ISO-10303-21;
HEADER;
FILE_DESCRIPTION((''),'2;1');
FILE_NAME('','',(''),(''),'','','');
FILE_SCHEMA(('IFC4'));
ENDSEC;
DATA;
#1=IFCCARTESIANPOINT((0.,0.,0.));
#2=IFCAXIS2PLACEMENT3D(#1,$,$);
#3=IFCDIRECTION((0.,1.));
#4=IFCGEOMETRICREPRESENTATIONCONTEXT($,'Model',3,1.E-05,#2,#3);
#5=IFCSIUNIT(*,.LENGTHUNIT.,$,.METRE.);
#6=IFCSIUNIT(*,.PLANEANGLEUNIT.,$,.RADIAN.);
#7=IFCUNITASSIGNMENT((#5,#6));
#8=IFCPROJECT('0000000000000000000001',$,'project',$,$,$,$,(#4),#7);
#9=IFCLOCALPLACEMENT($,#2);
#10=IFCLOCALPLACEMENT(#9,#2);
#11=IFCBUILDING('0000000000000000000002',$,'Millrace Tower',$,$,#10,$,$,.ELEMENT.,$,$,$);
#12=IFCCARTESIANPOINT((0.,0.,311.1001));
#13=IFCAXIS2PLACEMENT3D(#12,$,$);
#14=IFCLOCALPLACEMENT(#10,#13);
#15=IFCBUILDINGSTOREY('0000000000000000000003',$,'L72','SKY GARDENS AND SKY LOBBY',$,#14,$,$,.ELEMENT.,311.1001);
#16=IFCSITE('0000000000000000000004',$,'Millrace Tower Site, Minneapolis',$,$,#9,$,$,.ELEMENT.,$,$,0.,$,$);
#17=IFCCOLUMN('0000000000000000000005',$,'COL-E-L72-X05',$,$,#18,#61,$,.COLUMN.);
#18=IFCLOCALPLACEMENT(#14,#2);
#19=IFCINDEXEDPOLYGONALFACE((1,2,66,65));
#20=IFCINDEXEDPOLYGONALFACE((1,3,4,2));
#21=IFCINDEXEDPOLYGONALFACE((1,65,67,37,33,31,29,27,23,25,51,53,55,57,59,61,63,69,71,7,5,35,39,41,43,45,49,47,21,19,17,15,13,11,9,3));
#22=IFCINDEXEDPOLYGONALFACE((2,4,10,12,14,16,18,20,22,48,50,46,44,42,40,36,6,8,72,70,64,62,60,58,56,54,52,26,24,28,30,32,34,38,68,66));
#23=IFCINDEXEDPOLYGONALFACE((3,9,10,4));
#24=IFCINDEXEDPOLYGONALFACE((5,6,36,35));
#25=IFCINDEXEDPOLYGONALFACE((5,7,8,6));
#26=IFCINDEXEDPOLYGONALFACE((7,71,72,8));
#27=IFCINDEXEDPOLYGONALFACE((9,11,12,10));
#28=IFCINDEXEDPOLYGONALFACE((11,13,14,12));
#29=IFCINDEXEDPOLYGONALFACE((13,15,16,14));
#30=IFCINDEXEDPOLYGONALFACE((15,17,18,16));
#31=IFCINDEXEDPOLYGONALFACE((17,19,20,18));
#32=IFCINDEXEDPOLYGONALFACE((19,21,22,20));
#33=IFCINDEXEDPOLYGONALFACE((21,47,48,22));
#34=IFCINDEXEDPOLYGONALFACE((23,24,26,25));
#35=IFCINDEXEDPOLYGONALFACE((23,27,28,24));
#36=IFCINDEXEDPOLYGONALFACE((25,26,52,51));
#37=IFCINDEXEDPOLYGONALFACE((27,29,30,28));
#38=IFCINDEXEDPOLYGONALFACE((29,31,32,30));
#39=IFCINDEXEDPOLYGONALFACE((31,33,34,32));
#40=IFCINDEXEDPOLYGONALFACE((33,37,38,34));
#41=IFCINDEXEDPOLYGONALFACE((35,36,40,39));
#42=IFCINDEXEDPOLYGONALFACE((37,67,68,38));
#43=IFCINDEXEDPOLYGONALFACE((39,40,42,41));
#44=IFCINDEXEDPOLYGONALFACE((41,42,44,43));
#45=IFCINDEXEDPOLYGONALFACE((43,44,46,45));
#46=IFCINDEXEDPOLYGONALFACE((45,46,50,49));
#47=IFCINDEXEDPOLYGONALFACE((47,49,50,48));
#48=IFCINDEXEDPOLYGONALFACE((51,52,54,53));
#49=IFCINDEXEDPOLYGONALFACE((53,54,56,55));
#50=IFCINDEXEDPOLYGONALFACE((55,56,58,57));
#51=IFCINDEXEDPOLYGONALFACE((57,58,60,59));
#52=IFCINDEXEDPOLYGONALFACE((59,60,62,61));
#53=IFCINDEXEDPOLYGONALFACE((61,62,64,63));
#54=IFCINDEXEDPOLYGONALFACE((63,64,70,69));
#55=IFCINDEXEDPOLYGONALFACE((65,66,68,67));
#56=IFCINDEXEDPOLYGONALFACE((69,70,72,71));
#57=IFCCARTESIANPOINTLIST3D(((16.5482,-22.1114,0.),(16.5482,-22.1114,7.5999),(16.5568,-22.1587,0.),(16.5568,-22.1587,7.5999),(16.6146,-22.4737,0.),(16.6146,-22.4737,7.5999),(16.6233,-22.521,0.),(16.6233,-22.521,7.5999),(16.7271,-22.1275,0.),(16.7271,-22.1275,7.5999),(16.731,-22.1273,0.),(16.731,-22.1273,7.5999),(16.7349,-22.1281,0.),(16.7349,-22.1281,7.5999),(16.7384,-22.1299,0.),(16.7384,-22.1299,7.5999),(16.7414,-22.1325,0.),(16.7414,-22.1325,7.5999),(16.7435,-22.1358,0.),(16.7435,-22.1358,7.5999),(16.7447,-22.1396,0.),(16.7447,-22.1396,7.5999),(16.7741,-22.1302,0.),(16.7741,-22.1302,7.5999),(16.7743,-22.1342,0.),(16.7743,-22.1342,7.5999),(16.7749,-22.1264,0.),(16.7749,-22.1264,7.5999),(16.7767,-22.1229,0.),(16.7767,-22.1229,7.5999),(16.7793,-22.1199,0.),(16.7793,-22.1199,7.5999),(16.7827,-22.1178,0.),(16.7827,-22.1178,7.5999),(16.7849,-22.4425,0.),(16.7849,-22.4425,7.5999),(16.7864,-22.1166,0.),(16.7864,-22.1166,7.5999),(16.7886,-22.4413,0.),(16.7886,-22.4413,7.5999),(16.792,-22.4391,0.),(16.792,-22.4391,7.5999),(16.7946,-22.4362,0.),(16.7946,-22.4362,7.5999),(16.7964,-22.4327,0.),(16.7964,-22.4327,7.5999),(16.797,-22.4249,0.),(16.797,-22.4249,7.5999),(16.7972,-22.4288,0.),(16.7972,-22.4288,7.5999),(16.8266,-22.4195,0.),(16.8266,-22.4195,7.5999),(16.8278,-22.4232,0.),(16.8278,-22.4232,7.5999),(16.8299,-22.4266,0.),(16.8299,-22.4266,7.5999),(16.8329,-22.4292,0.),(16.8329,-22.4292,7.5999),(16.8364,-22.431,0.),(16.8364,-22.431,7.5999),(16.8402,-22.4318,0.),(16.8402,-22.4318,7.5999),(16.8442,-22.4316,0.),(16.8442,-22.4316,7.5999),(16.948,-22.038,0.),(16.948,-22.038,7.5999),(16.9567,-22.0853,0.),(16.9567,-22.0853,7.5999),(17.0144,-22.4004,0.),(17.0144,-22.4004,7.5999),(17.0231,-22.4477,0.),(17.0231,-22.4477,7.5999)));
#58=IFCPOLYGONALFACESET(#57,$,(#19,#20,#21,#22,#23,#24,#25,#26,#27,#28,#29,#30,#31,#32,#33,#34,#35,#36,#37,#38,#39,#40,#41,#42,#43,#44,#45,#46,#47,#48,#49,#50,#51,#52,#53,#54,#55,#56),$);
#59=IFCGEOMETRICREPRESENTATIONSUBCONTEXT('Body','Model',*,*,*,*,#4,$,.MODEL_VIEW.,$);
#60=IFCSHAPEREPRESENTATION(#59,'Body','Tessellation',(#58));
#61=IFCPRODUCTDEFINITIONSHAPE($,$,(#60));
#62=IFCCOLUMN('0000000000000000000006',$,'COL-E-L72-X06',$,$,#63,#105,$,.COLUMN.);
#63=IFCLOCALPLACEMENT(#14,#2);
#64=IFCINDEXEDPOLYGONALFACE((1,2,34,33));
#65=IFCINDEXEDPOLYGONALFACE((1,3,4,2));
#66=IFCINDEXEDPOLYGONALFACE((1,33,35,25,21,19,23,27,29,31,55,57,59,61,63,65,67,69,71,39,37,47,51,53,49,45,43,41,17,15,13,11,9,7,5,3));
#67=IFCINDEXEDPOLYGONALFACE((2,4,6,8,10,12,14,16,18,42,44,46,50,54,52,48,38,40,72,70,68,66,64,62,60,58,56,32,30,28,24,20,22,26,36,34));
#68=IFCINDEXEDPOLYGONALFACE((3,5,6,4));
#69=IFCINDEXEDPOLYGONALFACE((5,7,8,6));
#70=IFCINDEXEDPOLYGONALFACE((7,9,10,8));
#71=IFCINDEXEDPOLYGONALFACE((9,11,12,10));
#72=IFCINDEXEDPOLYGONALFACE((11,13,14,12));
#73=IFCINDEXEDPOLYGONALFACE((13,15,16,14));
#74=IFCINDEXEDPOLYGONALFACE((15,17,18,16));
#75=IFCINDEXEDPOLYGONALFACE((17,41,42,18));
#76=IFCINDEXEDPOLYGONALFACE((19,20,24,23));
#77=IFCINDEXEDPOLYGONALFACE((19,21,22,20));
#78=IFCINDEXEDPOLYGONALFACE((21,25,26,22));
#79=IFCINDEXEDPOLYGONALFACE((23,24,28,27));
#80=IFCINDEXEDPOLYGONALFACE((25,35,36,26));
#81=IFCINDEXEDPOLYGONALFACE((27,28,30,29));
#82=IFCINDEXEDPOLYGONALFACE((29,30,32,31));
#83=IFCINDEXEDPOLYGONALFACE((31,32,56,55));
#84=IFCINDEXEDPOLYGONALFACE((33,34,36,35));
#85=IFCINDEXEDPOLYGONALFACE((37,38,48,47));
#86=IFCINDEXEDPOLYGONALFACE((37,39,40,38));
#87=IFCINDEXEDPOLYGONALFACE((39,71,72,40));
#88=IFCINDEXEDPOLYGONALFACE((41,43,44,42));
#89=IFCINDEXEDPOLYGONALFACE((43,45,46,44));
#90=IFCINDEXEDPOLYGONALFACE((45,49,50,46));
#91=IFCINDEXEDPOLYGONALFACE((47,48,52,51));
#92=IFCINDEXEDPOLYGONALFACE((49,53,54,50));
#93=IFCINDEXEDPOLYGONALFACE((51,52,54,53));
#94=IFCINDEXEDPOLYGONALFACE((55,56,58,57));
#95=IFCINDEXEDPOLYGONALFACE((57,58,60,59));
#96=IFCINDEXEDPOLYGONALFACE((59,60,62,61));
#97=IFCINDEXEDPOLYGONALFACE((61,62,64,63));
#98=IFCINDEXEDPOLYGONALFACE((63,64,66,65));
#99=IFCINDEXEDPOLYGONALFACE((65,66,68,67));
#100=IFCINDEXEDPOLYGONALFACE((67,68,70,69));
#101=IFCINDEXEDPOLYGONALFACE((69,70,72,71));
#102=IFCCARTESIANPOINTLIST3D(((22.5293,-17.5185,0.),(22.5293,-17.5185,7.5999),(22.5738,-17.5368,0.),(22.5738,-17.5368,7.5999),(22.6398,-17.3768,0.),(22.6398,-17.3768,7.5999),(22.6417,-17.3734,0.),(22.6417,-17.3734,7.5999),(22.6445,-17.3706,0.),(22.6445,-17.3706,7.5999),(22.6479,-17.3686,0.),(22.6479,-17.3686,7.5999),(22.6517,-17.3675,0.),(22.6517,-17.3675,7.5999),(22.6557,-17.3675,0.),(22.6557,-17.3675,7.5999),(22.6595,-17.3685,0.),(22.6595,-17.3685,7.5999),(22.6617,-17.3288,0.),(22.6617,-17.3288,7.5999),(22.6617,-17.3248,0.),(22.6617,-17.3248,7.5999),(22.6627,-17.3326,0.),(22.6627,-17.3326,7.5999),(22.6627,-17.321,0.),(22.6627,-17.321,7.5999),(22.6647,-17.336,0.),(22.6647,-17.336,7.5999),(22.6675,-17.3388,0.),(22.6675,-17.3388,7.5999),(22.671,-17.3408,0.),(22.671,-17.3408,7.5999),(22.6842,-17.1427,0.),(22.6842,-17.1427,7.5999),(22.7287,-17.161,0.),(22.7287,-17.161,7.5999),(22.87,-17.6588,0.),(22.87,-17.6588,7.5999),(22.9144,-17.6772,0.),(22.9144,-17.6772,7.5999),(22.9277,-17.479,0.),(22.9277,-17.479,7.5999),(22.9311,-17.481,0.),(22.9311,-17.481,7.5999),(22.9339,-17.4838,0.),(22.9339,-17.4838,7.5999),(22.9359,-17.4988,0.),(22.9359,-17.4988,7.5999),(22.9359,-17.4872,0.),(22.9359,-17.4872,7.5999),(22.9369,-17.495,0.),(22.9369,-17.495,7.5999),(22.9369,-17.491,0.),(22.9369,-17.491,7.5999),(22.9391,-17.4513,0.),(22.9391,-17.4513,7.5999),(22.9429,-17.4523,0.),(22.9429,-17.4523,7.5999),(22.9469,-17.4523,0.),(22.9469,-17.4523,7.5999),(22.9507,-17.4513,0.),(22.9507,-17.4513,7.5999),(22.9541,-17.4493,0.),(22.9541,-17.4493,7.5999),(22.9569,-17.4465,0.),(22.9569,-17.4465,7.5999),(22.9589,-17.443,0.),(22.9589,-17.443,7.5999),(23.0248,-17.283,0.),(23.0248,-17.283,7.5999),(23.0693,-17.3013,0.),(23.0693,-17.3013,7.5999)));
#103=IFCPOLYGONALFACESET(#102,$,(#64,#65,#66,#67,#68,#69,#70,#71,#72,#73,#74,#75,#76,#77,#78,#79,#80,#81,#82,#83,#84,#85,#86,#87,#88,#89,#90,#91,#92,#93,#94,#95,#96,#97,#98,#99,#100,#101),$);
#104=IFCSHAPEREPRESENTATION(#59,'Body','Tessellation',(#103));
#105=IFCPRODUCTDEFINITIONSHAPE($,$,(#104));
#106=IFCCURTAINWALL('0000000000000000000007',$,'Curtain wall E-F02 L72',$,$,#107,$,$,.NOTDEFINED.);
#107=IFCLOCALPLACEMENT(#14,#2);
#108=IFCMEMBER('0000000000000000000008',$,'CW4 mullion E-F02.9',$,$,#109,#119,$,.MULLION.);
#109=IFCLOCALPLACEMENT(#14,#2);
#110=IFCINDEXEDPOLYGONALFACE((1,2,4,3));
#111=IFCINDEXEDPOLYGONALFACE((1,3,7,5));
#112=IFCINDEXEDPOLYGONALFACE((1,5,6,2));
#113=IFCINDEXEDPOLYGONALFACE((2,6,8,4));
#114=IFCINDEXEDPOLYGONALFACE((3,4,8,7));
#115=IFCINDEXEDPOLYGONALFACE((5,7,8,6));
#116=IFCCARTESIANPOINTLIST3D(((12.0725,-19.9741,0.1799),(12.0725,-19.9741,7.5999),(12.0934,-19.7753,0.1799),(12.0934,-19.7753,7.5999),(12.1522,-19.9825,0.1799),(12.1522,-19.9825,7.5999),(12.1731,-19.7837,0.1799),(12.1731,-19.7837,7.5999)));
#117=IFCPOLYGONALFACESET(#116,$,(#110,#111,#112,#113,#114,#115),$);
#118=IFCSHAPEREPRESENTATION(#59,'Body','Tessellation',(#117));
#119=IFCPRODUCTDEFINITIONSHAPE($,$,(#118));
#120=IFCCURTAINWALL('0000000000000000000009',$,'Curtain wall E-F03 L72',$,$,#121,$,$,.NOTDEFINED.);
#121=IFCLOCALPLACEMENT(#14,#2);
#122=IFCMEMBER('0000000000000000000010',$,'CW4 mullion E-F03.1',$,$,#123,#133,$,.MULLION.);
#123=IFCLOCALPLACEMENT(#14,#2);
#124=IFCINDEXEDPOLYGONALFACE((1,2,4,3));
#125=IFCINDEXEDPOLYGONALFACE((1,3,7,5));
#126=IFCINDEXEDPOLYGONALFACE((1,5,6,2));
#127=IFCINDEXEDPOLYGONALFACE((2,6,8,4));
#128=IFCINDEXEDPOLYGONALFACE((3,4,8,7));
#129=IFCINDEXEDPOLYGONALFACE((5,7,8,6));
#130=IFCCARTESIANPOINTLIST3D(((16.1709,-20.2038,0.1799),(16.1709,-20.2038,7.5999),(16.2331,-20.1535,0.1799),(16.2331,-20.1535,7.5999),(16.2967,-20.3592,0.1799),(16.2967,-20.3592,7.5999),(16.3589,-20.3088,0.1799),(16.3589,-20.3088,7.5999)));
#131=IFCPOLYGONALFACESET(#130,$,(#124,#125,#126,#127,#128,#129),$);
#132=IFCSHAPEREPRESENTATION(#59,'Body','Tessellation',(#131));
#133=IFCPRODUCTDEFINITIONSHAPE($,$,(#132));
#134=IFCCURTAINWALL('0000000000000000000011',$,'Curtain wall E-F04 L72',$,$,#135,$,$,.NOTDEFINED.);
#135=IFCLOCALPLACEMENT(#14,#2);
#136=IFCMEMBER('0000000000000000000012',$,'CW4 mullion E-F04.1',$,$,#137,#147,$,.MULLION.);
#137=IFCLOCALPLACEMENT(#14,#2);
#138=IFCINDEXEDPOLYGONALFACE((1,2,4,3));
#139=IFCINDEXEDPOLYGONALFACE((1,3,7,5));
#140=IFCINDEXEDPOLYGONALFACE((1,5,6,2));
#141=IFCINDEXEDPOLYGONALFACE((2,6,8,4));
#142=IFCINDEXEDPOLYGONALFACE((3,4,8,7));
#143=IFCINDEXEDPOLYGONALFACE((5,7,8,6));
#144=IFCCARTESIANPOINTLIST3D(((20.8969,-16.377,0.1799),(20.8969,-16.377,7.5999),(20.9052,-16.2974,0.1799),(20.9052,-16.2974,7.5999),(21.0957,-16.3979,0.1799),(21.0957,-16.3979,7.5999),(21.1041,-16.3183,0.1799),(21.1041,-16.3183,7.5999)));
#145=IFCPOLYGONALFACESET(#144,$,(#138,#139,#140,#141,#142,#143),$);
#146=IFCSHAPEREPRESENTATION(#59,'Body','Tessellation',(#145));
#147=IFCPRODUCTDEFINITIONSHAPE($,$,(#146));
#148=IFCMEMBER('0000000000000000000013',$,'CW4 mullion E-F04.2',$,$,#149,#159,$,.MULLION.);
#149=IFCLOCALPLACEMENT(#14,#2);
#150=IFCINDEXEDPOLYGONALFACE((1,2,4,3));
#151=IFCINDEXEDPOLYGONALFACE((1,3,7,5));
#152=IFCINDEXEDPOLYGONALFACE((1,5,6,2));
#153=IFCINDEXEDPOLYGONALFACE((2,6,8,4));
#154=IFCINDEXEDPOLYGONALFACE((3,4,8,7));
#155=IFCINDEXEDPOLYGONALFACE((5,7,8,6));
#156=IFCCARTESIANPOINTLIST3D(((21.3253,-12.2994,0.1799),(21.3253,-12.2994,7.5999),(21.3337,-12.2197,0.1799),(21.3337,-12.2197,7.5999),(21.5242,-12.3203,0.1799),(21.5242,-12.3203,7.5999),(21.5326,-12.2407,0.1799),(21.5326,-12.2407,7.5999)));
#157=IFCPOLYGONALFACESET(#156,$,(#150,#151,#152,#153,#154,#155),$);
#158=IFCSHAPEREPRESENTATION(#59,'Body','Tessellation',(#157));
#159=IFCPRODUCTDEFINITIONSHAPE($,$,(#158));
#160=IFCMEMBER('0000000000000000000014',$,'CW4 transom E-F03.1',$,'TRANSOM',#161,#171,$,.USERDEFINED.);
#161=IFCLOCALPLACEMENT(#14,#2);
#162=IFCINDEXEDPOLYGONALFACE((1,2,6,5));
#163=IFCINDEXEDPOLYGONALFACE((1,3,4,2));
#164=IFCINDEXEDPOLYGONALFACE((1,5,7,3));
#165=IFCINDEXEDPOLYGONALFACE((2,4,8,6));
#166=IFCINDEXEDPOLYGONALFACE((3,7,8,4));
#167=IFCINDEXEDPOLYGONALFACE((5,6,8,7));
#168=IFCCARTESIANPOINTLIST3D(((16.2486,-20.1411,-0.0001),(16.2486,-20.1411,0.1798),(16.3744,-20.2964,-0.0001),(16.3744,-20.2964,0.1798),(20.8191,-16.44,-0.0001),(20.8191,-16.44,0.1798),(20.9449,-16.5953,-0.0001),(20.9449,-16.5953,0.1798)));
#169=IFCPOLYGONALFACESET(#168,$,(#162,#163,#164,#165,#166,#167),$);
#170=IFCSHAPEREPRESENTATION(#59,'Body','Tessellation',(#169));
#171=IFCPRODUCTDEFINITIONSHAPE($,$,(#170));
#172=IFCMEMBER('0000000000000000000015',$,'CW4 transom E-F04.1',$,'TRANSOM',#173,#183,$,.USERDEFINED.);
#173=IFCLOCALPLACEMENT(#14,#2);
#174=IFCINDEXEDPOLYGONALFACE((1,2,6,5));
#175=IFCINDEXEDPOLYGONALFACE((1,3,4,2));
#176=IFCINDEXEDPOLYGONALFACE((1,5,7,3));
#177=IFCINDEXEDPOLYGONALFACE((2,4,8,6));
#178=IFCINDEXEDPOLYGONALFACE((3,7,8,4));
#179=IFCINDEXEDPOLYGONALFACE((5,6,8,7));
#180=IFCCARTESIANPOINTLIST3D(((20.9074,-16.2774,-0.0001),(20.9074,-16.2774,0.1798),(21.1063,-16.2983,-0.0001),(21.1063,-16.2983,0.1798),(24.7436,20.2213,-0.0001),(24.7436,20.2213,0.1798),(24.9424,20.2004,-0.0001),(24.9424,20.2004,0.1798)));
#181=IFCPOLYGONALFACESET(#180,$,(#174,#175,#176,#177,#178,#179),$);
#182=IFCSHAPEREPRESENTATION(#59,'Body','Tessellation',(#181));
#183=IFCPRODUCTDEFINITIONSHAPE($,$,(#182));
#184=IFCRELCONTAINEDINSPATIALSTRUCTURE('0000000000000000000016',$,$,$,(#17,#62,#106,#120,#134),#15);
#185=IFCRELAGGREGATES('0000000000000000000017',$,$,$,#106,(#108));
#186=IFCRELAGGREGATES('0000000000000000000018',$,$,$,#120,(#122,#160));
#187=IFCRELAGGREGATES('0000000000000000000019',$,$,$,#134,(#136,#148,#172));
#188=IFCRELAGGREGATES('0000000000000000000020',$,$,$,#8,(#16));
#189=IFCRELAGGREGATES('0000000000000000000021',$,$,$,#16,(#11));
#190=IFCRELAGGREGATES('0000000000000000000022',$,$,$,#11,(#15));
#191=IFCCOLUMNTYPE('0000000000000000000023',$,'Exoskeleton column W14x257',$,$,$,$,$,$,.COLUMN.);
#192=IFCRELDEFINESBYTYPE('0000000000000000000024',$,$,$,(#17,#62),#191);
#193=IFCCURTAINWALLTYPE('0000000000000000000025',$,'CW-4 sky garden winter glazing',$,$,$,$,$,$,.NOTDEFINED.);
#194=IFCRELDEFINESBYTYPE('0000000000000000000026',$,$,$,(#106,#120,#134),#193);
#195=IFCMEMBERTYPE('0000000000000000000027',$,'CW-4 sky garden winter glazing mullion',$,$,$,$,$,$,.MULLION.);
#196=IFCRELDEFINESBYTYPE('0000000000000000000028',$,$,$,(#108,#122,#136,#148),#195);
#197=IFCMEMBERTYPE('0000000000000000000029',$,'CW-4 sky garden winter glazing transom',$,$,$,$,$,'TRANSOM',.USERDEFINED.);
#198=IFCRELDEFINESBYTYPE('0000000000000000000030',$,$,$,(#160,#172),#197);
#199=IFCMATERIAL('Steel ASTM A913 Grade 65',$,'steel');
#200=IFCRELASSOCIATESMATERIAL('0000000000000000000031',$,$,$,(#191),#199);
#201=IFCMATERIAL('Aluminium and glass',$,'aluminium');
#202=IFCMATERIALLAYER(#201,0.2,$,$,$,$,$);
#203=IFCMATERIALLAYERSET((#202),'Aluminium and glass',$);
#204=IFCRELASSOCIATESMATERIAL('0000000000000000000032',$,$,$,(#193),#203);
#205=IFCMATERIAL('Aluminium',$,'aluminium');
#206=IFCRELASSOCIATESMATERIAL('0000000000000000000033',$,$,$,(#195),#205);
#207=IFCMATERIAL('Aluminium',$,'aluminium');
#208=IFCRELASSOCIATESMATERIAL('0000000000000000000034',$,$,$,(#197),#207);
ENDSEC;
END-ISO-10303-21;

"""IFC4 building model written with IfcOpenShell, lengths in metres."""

from ifc_helpers import new_model, si_unit, direction, frame, origin, origin_2d, place, context, subcontext, project, spatial, rectangle, i_section, extrude, material, layer, layer_set, material_profile, profile_set, type_object, element, aggregate, save


model = new_model("IFC4")

# Units and contexts
model_context = context("Model", 3, precision=1e-05, world=origin(), true_north=direction((0.0, 1.0)))
body_context = subcontext(model_context, "Body", "Model", "MODEL_VIEW")
ifc_project = project(units=[si_unit("LENGTHUNIT", "METRE"), si_unit("PLANEANGLEUNIT", "RADIAN")], contexts=[model_context])

# Site, building, storey
site_placement = place(None, origin())
site = spatial("IfcSite", under=ifc_project, at=site_placement, Name="Millrace Tower Site, Minneapolis", CompositionType="ELEMENT", RefElevation=0.0)
building_placement = place(site_placement, origin())
building = spatial("IfcBuilding", under=site, at=building_placement, Name="Millrace Tower", CompositionType="ELEMENT")
storey_placement = place(building_placement, frame((0.0, 0.0, 311.1001)))
storey = spatial("IfcBuildingStorey", under=building, at=storey_placement, Name="L72", Description="SKY GARDENS AND SKY LOBBY", CompositionType="ELEMENT", Elevation=311.1001)

# Columns
ifc_material_1 = material(Name="Steel ASTM A913 Grade 65", Category="steel")
ifc_material_profile_1 = material_profile(ifc_material_1, i_section(OverallWidth=0.4065, OverallDepth=0.4165, WebThickness=0.03, FlangeThickness=0.0481, FilletRadius=0.0151, at=origin_2d()))
ifc_profile_set_1 = profile_set([ifc_material_profile_1], Name="Steel ASTM A913 Grade 65")
column_type = type_object("IfcColumnType", Name="Exoskeleton column W14x257", PredefinedType="COLUMN", material=ifc_profile_set_1)
for number, where, z_axis, x_axis, name in (
    (1, (16.7856, -22.2795, 0.0), (0.0, 0.0, 1.0), (0.983596, 0.180387, 0.0), "COL-E-L72-X05"),
    (2, (22.7993, -17.4099, 0.0), (0.0, 0.0, 1.0), (0.380947, 0.924597, 0.0), "COL-E-L72-X06"),
):
    element("IfcColumn", number, at=place(storey_placement, frame(where, z_axis=z_axis, x_axis=x_axis)), inside=storey, type_object=column_type, Name=name, PredefinedType="COLUMN", context=body_context, shape_type="SweptSolid", body=[
        extrude(i_section(OverallWidth=0.4065, OverallDepth=0.4165, WebThickness=0.03, FlangeThickness=0.0481, FilletRadius=0.0151, at=origin_2d()), origin(), (0.0, 0.0, 1.0), 7.5999),
    ])

# Curtain walls, members
ifc_material_2 = material(Name="Aluminium and glass", Category="aluminium")
ifc_layer_1 = layer(ifc_material_2, 0.2)
ifc_layer_set_1 = layer_set([ifc_layer_1], Name="Aluminium and glass")
curtain_wall_type = type_object("IfcCurtainWallType", Name="CW-4 sky garden winter glazing", PredefinedType="NOTDEFINED", material=ifc_layer_set_1)
placement = place(storey_placement, origin())
curtain_wall_1 = element("IfcCurtainWall", 3, at=placement, inside=storey, type_object=curtain_wall_type, Name="Curtain wall E-F02 L72", PredefinedType="NOTDEFINED")
ifc_material_3 = material(Name="Aluminium", Category="aluminium")
ifc_material_profile_2 = material_profile(ifc_material_3, rectangle(XDim=0.0801, YDim=0.2, at=origin_2d()))
ifc_profile_set_2 = profile_set([ifc_material_profile_2], Name="Aluminium")
member_type_1 = type_object("IfcMemberType", Name="CW-4 sky garden winter glazing mullion", PredefinedType="MULLION", material=ifc_profile_set_2)
member_1_placement = place(storey_placement, frame((12.1228, -19.8789, 0.1799), z_axis=(0.0, 0.0, 1.0), x_axis=(0.994522, -0.104528, 0.0)))
member_1 = element("IfcMember", 4, at=member_1_placement, type_object=member_type_1, Name="CW4 mullion E-F02.9", PredefinedType="MULLION", context=body_context, shape_type="SweptSolid", body=[
    extrude(rectangle(XDim=0.0801, YDim=0.2, at=origin_2d()), origin(), (0.0, 0.0, 1.0), 7.4199),
])
aggregate(curtain_wall_1, [member_1])
curtain_wall_2 = element("IfcCurtainWall", 5, at=placement, inside=storey, type_object=curtain_wall_type, Name="Curtain wall E-F03 L72", PredefinedType="NOTDEFINED")
member_2_placement = place(storey_placement, frame((16.2649, -20.2563, 0.1799), z_axis=(0.0, 0.0, 1.0), x_axis=(0.777146, 0.62932, 0.0)))
member_2 = element("IfcMember", 6, at=member_2_placement, type_object=member_type_1, Name="CW4 mullion E-F03.1", PredefinedType="MULLION", context=body_context, shape_type="SweptSolid", body=[
    extrude(rectangle(XDim=0.0801, YDim=0.2, at=origin_2d()), origin(), (0.0, 0.0, 1.0), 7.4199),
])

# Curtain wall, members
curtain_wall_3 = element("IfcCurtainWall", 7, at=placement, inside=storey, type_object=curtain_wall_type, Name="Curtain wall E-F04 L72", PredefinedType="NOTDEFINED")
member_3_placement = place(storey_placement, frame((21.0005, -16.3477, 0.1799), z_axis=(0.0, 0.0, 1.0), x_axis=(0.104528, 0.994522, 0.0)))
member_3 = element("IfcMember", 8, at=member_3_placement, type_object=member_type_1, Name="CW4 mullion E-F04.1", PredefinedType="MULLION", context=body_context, shape_type="SweptSolid", body=[
    extrude(rectangle(XDim=0.0801, YDim=0.2, at=origin_2d()), origin(), (0.0, 0.0, 1.0), 7.4199),
])
member_4_placement = place(storey_placement, frame((21.429, -12.27, 0.1799), z_axis=(0.0, 0.0, 1.0), x_axis=(0.104528, 0.994522, 0.0)))
member_4 = element("IfcMember", 9, at=member_4_placement, type_object=member_type_1, Name="CW4 mullion E-F04.2", PredefinedType="MULLION", context=body_context, shape_type="SweptSolid", body=[
    extrude(rectangle(XDim=0.0801, YDim=0.2, at=origin_2d()), origin(), (0.0, 0.0, 1.0), 7.4199),
])

# Members
ifc_material_4 = material(Name="Aluminium", Category="aluminium")
ifc_material_profile_3 = material_profile(ifc_material_4, rectangle(XDim=0.2, YDim=0.1799, at=origin_2d()))
ifc_profile_set_3 = profile_set([ifc_material_profile_3], Name="Aluminium")
member_type_2 = type_object("IfcMemberType", Name="CW-4 sky garden winter glazing transom", ElementType="TRANSOM", PredefinedType="USERDEFINED", material=ifc_profile_set_3)
member_5_placement = place(storey_placement, frame((16.3115, -20.2188, 0.0898), z_axis=(0.777145, 0.629321, 0.0), x_axis=(-0.629321, 0.777145, 0.0)))
member_5 = element("IfcMember", 10, at=member_5_placement, type_object=member_type_2, Name="CW4 transom E-F03.1", ObjectType="TRANSOM", PredefinedType="USERDEFINED", context=body_context, shape_type="SweptSolid", body=[
    extrude(rectangle(XDim=0.2, YDim=0.1799, at=origin_2d()), origin(), (0.0, 0.0, 1.0), 5.8811),
])
aggregate(curtain_wall_2, [member_2, member_5])
member_6_placement = place(storey_placement, frame((21.0068, -16.2878, 0.0898), z_axis=(0.104529, 0.994522, 0.0), x_axis=(-0.994522, 0.104529, 0.0)))
member_6 = element("IfcMember", 11, at=member_6_placement, type_object=member_type_2, Name="CW4 transom E-F04.1", ObjectType="TRANSOM", PredefinedType="USERDEFINED", context=body_context, shape_type="SweptSolid", body=[
    extrude(rectangle(XDim=0.2, YDim=0.1799, at=origin_2d()), origin(), (0.0, 0.0, 1.0), 36.6997),
])
aggregate(curtain_wall_3, [member_3, member_4, member_6])

save(model, "model.ifc")
